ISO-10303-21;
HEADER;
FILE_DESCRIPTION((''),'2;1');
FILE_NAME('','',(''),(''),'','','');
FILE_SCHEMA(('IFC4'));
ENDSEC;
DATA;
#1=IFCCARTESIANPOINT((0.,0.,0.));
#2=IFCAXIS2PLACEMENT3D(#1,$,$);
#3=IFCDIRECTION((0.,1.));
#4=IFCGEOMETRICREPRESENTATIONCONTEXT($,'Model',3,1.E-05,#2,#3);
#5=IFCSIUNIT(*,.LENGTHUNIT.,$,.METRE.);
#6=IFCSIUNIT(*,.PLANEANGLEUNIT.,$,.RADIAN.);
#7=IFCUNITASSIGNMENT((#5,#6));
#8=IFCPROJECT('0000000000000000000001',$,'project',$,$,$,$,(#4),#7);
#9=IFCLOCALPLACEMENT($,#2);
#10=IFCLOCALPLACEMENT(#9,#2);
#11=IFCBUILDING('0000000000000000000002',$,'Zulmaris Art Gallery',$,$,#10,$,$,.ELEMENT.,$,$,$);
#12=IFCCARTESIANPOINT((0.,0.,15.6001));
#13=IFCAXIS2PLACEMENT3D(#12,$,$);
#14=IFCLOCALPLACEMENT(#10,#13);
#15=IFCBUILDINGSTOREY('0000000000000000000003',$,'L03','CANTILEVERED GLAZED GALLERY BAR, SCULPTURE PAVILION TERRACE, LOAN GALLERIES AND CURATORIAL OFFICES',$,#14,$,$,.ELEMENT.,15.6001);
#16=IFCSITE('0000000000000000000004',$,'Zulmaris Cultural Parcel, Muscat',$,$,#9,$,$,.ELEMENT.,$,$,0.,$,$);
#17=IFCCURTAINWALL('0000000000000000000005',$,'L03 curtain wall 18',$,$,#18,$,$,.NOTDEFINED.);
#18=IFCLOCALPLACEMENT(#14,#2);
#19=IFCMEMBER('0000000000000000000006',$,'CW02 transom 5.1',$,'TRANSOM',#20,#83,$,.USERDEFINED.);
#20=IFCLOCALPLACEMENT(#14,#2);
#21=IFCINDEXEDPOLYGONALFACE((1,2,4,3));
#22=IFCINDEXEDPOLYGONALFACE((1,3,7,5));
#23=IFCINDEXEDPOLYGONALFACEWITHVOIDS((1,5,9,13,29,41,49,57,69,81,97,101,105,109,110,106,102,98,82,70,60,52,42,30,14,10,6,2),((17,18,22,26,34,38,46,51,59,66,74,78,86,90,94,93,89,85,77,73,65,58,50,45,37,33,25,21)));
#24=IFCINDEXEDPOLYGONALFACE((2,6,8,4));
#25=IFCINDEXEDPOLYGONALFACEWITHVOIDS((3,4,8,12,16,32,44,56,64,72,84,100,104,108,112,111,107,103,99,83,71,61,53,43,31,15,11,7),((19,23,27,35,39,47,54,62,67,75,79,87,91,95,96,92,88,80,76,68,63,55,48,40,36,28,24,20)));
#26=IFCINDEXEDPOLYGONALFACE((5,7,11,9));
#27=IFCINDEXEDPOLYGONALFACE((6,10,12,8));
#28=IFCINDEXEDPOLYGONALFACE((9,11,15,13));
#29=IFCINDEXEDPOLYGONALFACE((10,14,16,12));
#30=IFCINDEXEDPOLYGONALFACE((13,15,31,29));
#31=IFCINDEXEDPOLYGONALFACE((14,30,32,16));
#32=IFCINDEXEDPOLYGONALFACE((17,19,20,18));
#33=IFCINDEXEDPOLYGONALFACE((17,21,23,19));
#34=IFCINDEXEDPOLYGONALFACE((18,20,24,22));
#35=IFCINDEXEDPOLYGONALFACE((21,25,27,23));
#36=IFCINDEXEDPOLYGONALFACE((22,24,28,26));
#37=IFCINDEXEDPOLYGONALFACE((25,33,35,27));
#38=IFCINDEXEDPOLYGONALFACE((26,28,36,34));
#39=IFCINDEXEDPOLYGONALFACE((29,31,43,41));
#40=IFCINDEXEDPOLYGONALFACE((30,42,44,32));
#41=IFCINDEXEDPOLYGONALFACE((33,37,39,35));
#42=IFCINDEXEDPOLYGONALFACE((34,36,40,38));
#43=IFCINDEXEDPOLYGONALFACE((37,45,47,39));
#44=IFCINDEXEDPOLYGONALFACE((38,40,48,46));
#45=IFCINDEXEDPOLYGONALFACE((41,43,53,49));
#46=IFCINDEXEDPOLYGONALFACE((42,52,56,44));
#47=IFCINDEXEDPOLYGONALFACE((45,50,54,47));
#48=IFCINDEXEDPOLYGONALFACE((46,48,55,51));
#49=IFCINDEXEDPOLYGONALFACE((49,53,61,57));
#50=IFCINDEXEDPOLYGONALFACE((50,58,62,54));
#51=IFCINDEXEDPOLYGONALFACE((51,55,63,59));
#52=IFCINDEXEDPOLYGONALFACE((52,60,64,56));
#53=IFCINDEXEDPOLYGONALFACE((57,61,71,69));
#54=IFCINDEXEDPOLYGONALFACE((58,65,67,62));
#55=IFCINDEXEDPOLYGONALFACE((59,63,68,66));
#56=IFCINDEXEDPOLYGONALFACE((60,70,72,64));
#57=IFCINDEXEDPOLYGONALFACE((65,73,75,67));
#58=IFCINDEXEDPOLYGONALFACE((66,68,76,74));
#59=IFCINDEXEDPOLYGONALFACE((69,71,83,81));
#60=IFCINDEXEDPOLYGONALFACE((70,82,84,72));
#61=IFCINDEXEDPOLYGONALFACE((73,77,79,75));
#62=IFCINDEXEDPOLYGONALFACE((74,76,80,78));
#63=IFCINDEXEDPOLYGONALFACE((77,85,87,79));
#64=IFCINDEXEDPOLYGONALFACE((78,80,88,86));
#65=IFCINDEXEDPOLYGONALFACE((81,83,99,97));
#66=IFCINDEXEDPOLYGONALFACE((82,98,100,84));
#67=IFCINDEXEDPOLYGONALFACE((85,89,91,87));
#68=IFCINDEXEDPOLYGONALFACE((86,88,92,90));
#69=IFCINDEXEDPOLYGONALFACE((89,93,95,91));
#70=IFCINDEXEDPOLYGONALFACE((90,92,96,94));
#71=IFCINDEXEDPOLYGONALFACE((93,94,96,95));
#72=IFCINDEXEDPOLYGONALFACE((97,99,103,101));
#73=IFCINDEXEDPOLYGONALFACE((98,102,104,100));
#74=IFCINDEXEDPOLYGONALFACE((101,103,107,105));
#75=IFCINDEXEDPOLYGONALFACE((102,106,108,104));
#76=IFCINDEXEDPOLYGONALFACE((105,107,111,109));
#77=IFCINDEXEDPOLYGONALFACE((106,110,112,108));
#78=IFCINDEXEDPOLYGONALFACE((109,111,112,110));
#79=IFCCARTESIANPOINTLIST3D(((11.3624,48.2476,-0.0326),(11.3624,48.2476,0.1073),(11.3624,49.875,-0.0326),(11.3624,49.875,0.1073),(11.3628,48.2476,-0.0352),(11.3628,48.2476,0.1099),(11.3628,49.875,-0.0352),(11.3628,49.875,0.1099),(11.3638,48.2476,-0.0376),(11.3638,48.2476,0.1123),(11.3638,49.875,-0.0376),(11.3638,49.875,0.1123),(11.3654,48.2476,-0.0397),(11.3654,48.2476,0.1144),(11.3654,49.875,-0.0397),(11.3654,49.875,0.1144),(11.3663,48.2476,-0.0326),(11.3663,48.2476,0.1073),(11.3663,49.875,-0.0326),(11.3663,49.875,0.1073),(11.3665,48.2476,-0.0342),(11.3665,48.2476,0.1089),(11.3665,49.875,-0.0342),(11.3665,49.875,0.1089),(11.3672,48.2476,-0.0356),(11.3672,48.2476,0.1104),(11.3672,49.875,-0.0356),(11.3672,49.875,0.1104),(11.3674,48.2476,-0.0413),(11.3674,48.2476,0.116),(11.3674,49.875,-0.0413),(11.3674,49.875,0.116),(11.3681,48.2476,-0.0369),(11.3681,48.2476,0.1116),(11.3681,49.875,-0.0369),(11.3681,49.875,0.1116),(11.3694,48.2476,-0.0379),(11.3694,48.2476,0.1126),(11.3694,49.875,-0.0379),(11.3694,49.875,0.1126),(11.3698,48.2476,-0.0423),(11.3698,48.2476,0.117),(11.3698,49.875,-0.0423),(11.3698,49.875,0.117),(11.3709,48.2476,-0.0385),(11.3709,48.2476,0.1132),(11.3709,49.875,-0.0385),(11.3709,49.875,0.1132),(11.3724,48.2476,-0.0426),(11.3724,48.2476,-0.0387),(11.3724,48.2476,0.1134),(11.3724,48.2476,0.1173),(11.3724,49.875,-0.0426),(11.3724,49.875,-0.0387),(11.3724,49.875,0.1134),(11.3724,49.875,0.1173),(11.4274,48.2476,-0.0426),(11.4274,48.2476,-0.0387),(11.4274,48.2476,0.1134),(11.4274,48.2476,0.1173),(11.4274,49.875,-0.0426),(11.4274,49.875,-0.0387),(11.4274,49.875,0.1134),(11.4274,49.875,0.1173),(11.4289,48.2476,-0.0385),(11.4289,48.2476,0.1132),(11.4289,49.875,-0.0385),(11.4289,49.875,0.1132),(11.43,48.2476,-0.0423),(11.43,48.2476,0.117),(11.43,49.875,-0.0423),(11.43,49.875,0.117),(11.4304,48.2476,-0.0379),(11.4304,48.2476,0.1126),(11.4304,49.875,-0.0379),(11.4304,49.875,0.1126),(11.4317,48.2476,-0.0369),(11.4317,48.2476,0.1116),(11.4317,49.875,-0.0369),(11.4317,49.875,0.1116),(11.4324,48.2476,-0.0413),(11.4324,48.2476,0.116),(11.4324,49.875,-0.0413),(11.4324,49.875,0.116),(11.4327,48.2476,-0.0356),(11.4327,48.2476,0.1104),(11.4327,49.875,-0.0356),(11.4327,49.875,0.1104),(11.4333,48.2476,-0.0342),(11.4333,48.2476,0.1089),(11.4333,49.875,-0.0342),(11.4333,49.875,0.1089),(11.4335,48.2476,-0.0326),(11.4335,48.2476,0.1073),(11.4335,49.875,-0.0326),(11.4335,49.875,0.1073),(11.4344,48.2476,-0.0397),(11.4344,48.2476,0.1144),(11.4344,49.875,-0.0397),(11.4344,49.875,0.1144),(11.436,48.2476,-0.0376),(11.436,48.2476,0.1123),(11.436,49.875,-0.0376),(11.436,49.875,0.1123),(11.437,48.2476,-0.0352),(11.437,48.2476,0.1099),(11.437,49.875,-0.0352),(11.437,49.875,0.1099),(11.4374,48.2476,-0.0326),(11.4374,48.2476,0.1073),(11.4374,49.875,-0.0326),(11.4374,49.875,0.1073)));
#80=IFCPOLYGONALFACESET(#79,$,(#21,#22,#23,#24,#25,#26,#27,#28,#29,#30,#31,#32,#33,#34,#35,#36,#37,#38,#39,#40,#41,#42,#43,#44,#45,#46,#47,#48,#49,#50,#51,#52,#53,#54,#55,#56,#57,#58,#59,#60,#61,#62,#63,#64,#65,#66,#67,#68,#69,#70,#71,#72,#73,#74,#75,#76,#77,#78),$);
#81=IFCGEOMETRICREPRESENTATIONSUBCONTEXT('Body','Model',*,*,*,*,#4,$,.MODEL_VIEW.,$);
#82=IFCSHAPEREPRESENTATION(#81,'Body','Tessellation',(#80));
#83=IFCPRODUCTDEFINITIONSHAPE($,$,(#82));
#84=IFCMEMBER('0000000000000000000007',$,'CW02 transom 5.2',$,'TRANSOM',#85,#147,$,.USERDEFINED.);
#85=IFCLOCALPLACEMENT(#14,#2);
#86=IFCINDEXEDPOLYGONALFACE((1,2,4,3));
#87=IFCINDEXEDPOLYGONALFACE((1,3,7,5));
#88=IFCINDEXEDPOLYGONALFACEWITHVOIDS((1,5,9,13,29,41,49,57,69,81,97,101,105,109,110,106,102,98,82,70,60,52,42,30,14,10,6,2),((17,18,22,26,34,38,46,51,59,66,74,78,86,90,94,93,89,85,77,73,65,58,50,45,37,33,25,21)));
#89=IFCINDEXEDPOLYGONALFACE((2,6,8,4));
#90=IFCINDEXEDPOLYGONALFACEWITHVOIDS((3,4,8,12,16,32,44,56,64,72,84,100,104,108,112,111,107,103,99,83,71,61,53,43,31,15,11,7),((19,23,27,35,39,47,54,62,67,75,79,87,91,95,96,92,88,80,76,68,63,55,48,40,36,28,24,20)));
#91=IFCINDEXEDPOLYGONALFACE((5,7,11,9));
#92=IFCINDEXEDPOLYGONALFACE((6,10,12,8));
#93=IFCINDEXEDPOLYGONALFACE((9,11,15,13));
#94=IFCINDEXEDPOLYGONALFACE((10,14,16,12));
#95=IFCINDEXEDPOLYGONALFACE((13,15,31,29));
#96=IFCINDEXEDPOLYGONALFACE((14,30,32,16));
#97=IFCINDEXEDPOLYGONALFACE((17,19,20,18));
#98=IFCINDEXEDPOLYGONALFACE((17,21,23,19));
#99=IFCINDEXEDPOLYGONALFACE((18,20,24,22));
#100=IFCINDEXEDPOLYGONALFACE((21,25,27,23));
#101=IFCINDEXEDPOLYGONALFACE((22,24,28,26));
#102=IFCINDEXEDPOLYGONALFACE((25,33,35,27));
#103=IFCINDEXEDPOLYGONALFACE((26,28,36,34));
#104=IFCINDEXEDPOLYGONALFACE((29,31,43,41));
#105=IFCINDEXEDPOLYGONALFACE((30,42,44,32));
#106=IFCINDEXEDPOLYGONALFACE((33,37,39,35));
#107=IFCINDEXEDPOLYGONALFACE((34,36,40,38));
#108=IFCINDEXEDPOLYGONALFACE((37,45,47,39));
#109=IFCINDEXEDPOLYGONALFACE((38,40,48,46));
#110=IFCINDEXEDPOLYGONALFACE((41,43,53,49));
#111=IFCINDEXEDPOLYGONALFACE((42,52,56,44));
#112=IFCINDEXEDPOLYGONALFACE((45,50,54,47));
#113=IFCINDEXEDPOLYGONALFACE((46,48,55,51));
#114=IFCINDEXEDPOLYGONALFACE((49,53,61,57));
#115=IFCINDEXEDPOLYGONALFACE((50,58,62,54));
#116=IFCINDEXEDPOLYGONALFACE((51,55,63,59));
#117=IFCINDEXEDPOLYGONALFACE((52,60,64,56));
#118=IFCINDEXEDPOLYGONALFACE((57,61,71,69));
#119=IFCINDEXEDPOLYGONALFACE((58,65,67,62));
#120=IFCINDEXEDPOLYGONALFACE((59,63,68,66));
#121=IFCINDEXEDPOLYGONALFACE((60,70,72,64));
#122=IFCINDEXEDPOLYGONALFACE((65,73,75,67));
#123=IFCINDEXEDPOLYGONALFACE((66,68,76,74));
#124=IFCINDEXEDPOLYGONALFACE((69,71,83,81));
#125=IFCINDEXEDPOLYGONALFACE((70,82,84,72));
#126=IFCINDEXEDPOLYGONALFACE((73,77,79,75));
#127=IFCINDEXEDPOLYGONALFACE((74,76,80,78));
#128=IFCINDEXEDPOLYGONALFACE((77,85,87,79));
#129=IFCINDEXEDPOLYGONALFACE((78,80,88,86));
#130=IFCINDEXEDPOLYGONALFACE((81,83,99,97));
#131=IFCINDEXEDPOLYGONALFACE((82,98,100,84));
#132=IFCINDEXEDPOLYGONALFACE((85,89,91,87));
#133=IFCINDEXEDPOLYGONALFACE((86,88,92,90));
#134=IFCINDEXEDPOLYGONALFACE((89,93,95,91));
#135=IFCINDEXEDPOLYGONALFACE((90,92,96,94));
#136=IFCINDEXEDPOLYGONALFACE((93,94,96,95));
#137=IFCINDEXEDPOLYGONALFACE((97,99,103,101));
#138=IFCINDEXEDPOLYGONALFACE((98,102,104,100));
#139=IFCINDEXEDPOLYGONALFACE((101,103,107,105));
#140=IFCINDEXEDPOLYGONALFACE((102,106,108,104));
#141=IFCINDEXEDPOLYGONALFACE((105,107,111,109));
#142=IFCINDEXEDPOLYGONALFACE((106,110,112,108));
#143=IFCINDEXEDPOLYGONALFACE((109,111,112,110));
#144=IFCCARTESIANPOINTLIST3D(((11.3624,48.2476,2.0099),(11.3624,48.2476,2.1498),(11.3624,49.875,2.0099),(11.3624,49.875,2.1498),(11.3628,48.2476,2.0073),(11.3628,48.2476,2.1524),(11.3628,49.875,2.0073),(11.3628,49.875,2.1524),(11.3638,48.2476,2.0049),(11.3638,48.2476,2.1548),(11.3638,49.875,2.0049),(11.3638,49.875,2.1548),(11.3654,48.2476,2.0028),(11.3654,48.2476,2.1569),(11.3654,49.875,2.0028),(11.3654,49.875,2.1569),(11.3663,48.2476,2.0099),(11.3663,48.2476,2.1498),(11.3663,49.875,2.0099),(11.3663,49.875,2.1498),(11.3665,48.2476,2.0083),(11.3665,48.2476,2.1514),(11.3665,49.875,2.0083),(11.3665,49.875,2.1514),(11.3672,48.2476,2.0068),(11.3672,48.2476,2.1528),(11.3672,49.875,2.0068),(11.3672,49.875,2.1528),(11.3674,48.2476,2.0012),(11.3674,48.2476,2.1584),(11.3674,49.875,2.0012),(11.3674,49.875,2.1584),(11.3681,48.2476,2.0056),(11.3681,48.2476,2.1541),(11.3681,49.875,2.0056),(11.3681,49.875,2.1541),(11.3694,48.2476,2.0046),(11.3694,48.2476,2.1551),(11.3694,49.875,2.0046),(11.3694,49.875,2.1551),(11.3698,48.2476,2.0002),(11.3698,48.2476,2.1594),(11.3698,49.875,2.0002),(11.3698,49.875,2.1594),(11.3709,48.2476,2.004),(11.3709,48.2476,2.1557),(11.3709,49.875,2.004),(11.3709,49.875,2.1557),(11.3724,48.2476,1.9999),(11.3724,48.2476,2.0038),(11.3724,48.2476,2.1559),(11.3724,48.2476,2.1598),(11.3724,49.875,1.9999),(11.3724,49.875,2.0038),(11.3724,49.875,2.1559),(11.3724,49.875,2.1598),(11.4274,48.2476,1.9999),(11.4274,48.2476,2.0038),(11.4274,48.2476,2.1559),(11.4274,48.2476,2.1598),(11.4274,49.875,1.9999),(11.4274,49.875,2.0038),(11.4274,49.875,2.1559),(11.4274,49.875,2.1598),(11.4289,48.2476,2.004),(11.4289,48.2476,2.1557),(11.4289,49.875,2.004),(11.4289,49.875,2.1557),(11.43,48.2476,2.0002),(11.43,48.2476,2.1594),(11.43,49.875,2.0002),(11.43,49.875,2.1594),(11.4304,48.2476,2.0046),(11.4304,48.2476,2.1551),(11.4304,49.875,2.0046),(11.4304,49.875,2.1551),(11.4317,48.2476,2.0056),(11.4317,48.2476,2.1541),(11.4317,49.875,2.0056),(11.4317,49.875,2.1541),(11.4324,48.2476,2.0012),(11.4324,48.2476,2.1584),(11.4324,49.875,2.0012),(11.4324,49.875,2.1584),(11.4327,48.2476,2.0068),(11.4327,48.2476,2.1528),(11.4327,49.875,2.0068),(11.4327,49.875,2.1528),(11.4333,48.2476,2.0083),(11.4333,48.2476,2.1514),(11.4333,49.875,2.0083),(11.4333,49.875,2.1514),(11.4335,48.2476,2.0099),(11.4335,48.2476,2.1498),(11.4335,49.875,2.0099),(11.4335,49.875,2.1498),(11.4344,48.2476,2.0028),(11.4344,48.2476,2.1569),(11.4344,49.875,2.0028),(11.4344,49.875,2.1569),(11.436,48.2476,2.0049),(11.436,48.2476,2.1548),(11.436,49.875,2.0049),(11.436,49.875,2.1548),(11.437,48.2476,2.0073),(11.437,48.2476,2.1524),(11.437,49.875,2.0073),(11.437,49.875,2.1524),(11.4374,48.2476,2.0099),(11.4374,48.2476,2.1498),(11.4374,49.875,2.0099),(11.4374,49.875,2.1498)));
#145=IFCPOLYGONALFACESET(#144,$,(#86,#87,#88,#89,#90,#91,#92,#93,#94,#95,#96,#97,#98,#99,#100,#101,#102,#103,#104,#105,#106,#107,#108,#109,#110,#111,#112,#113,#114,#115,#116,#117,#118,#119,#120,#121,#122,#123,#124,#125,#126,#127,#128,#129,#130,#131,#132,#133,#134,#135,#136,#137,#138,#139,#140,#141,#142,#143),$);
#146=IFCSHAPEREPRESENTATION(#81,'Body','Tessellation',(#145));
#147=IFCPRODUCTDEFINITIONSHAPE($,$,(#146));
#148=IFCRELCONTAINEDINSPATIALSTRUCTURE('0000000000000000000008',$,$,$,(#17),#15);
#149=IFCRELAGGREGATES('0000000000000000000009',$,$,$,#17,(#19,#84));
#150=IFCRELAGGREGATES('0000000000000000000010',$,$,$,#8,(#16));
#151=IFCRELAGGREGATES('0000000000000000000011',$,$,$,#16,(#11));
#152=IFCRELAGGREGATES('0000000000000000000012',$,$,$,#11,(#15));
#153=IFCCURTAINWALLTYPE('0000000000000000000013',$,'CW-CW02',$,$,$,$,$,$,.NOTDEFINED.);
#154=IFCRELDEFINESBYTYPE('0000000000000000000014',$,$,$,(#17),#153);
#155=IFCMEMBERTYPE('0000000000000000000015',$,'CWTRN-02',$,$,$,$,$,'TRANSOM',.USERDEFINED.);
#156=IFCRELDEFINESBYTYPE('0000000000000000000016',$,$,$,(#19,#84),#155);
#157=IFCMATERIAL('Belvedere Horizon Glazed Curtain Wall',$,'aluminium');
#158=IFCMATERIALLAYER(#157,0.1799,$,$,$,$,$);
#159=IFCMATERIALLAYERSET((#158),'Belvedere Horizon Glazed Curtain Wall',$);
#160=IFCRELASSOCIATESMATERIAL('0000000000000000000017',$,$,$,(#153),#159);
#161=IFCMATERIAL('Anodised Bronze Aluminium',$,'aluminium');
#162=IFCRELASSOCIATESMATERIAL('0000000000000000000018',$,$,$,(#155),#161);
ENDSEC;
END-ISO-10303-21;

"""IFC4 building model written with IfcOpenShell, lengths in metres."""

from ifc_helpers import new_model, si_unit, direction, frame, origin, origin_2d, place, context, subcontext, project, spatial, hollow_rectangle, extrude, material, layer, layer_set, material_profile, profile_set, type_object, element, aggregate, save


model = new_model("IFC4")

# Units and contexts
model_context = context("Model", 3, precision=1e-05, world=origin(), true_north=direction((0.0, 1.0)))
body_context = subcontext(model_context, "Body", "Model", "MODEL_VIEW")
ifc_project = project(units=[si_unit("LENGTHUNIT", "METRE"), si_unit("PLANEANGLEUNIT", "RADIAN")], contexts=[model_context])

# Site, building, storey
site_placement = place(None, origin())
site = spatial("IfcSite", under=ifc_project, at=site_placement, Name="Zulmaris Cultural Parcel, Muscat", CompositionType="ELEMENT", RefElevation=0.0)
building_placement = place(site_placement, origin())
building = spatial("IfcBuilding", under=site, at=building_placement, Name="Zulmaris Art Gallery", CompositionType="ELEMENT")
storey_placement = place(building_placement, frame((0.0, 0.0, 15.6001)))
storey = spatial("IfcBuildingStorey", under=building, at=storey_placement, Name="L03", Description="CANTILEVERED GLAZED GALLERY BAR, SCULPTURE PAVILION TERRACE, LOAN GALLERIES AND CURATORIAL OFFICES", CompositionType="ELEMENT", Elevation=15.6001)

# Curtain wall, members
ifc_material_1 = material(Name="Belvedere Horizon Glazed Curtain Wall", Category="aluminium")
ifc_layer_1 = layer(ifc_material_1, 0.1799)
ifc_layer_set_1 = layer_set([ifc_layer_1], Name="Belvedere Horizon Glazed Curtain Wall")
curtain_wall_type = type_object("IfcCurtainWallType", Name="CW-CW02", PredefinedType="NOTDEFINED", material=ifc_layer_set_1)
curtain_wall_placement = place(storey_placement, origin())
curtain_wall = element("IfcCurtainWall", 1, at=curtain_wall_placement, inside=storey, type_object=curtain_wall_type, Name="L03 curtain wall 18", PredefinedType="NOTDEFINED")
ifc_material_2 = material(Name="Anodised Bronze Aluminium", Category="aluminium")
ifc_material_profile_1 = material_profile(ifc_material_2, hollow_rectangle(XDim=0.075, YDim=0.1599, WallThickness=0.0039, InnerFilletRadius=0.0061, OuterFilletRadius=0.01, at=origin_2d()), Name="ALU 75x160x4")
ifc_profile_set_1 = profile_set([ifc_material_profile_1], Name="Anodised Bronze Aluminium")
member_type_1 = type_object("IfcMemberType", Name="CWTRN-02", ElementType="TRANSOM", PredefinedType="USERDEFINED", material=ifc_profile_set_1)
member_1_placement = place(storey_placement, frame((11.3999, 48.2476, 0.0374), z_axis=(0.0, 1.0, 0.0), x_axis=(-1.0, 0.0, 0.0)))
member_1 = element("IfcMember", 2, at=member_1_placement, type_object=member_type_1, Name="CW02 transom 5.1", ObjectType="TRANSOM", PredefinedType="USERDEFINED", context=body_context, shape_type="SweptSolid", body=[
    extrude(hollow_rectangle(XDim=0.075, YDim=0.1599, WallThickness=0.0039, InnerFilletRadius=0.0061, OuterFilletRadius=0.01, at=origin_2d()), origin(), (0.0, 0.0, 1.0), 1.6274),
])
member_2_placement = place(storey_placement, frame((11.3999, 48.2476, 2.0798), z_axis=(0.0, 1.0, 0.0), x_axis=(-1.0, 0.0, 0.0)))
member_2 = element("IfcMember", 3, at=member_2_placement, type_object=member_type_1, Name="CW02 transom 5.2", ObjectType="TRANSOM", PredefinedType="USERDEFINED", context=body_context, shape_type="SweptSolid", body=[
    extrude(hollow_rectangle(XDim=0.075, YDim=0.1599, WallThickness=0.0039, InnerFilletRadius=0.0061, OuterFilletRadius=0.01, at=origin_2d()), origin(), (0.0, 0.0, 1.0), 1.6274),
])
aggregate(curtain_wall, [member_1, member_2])

save(model, "model.ifc")
